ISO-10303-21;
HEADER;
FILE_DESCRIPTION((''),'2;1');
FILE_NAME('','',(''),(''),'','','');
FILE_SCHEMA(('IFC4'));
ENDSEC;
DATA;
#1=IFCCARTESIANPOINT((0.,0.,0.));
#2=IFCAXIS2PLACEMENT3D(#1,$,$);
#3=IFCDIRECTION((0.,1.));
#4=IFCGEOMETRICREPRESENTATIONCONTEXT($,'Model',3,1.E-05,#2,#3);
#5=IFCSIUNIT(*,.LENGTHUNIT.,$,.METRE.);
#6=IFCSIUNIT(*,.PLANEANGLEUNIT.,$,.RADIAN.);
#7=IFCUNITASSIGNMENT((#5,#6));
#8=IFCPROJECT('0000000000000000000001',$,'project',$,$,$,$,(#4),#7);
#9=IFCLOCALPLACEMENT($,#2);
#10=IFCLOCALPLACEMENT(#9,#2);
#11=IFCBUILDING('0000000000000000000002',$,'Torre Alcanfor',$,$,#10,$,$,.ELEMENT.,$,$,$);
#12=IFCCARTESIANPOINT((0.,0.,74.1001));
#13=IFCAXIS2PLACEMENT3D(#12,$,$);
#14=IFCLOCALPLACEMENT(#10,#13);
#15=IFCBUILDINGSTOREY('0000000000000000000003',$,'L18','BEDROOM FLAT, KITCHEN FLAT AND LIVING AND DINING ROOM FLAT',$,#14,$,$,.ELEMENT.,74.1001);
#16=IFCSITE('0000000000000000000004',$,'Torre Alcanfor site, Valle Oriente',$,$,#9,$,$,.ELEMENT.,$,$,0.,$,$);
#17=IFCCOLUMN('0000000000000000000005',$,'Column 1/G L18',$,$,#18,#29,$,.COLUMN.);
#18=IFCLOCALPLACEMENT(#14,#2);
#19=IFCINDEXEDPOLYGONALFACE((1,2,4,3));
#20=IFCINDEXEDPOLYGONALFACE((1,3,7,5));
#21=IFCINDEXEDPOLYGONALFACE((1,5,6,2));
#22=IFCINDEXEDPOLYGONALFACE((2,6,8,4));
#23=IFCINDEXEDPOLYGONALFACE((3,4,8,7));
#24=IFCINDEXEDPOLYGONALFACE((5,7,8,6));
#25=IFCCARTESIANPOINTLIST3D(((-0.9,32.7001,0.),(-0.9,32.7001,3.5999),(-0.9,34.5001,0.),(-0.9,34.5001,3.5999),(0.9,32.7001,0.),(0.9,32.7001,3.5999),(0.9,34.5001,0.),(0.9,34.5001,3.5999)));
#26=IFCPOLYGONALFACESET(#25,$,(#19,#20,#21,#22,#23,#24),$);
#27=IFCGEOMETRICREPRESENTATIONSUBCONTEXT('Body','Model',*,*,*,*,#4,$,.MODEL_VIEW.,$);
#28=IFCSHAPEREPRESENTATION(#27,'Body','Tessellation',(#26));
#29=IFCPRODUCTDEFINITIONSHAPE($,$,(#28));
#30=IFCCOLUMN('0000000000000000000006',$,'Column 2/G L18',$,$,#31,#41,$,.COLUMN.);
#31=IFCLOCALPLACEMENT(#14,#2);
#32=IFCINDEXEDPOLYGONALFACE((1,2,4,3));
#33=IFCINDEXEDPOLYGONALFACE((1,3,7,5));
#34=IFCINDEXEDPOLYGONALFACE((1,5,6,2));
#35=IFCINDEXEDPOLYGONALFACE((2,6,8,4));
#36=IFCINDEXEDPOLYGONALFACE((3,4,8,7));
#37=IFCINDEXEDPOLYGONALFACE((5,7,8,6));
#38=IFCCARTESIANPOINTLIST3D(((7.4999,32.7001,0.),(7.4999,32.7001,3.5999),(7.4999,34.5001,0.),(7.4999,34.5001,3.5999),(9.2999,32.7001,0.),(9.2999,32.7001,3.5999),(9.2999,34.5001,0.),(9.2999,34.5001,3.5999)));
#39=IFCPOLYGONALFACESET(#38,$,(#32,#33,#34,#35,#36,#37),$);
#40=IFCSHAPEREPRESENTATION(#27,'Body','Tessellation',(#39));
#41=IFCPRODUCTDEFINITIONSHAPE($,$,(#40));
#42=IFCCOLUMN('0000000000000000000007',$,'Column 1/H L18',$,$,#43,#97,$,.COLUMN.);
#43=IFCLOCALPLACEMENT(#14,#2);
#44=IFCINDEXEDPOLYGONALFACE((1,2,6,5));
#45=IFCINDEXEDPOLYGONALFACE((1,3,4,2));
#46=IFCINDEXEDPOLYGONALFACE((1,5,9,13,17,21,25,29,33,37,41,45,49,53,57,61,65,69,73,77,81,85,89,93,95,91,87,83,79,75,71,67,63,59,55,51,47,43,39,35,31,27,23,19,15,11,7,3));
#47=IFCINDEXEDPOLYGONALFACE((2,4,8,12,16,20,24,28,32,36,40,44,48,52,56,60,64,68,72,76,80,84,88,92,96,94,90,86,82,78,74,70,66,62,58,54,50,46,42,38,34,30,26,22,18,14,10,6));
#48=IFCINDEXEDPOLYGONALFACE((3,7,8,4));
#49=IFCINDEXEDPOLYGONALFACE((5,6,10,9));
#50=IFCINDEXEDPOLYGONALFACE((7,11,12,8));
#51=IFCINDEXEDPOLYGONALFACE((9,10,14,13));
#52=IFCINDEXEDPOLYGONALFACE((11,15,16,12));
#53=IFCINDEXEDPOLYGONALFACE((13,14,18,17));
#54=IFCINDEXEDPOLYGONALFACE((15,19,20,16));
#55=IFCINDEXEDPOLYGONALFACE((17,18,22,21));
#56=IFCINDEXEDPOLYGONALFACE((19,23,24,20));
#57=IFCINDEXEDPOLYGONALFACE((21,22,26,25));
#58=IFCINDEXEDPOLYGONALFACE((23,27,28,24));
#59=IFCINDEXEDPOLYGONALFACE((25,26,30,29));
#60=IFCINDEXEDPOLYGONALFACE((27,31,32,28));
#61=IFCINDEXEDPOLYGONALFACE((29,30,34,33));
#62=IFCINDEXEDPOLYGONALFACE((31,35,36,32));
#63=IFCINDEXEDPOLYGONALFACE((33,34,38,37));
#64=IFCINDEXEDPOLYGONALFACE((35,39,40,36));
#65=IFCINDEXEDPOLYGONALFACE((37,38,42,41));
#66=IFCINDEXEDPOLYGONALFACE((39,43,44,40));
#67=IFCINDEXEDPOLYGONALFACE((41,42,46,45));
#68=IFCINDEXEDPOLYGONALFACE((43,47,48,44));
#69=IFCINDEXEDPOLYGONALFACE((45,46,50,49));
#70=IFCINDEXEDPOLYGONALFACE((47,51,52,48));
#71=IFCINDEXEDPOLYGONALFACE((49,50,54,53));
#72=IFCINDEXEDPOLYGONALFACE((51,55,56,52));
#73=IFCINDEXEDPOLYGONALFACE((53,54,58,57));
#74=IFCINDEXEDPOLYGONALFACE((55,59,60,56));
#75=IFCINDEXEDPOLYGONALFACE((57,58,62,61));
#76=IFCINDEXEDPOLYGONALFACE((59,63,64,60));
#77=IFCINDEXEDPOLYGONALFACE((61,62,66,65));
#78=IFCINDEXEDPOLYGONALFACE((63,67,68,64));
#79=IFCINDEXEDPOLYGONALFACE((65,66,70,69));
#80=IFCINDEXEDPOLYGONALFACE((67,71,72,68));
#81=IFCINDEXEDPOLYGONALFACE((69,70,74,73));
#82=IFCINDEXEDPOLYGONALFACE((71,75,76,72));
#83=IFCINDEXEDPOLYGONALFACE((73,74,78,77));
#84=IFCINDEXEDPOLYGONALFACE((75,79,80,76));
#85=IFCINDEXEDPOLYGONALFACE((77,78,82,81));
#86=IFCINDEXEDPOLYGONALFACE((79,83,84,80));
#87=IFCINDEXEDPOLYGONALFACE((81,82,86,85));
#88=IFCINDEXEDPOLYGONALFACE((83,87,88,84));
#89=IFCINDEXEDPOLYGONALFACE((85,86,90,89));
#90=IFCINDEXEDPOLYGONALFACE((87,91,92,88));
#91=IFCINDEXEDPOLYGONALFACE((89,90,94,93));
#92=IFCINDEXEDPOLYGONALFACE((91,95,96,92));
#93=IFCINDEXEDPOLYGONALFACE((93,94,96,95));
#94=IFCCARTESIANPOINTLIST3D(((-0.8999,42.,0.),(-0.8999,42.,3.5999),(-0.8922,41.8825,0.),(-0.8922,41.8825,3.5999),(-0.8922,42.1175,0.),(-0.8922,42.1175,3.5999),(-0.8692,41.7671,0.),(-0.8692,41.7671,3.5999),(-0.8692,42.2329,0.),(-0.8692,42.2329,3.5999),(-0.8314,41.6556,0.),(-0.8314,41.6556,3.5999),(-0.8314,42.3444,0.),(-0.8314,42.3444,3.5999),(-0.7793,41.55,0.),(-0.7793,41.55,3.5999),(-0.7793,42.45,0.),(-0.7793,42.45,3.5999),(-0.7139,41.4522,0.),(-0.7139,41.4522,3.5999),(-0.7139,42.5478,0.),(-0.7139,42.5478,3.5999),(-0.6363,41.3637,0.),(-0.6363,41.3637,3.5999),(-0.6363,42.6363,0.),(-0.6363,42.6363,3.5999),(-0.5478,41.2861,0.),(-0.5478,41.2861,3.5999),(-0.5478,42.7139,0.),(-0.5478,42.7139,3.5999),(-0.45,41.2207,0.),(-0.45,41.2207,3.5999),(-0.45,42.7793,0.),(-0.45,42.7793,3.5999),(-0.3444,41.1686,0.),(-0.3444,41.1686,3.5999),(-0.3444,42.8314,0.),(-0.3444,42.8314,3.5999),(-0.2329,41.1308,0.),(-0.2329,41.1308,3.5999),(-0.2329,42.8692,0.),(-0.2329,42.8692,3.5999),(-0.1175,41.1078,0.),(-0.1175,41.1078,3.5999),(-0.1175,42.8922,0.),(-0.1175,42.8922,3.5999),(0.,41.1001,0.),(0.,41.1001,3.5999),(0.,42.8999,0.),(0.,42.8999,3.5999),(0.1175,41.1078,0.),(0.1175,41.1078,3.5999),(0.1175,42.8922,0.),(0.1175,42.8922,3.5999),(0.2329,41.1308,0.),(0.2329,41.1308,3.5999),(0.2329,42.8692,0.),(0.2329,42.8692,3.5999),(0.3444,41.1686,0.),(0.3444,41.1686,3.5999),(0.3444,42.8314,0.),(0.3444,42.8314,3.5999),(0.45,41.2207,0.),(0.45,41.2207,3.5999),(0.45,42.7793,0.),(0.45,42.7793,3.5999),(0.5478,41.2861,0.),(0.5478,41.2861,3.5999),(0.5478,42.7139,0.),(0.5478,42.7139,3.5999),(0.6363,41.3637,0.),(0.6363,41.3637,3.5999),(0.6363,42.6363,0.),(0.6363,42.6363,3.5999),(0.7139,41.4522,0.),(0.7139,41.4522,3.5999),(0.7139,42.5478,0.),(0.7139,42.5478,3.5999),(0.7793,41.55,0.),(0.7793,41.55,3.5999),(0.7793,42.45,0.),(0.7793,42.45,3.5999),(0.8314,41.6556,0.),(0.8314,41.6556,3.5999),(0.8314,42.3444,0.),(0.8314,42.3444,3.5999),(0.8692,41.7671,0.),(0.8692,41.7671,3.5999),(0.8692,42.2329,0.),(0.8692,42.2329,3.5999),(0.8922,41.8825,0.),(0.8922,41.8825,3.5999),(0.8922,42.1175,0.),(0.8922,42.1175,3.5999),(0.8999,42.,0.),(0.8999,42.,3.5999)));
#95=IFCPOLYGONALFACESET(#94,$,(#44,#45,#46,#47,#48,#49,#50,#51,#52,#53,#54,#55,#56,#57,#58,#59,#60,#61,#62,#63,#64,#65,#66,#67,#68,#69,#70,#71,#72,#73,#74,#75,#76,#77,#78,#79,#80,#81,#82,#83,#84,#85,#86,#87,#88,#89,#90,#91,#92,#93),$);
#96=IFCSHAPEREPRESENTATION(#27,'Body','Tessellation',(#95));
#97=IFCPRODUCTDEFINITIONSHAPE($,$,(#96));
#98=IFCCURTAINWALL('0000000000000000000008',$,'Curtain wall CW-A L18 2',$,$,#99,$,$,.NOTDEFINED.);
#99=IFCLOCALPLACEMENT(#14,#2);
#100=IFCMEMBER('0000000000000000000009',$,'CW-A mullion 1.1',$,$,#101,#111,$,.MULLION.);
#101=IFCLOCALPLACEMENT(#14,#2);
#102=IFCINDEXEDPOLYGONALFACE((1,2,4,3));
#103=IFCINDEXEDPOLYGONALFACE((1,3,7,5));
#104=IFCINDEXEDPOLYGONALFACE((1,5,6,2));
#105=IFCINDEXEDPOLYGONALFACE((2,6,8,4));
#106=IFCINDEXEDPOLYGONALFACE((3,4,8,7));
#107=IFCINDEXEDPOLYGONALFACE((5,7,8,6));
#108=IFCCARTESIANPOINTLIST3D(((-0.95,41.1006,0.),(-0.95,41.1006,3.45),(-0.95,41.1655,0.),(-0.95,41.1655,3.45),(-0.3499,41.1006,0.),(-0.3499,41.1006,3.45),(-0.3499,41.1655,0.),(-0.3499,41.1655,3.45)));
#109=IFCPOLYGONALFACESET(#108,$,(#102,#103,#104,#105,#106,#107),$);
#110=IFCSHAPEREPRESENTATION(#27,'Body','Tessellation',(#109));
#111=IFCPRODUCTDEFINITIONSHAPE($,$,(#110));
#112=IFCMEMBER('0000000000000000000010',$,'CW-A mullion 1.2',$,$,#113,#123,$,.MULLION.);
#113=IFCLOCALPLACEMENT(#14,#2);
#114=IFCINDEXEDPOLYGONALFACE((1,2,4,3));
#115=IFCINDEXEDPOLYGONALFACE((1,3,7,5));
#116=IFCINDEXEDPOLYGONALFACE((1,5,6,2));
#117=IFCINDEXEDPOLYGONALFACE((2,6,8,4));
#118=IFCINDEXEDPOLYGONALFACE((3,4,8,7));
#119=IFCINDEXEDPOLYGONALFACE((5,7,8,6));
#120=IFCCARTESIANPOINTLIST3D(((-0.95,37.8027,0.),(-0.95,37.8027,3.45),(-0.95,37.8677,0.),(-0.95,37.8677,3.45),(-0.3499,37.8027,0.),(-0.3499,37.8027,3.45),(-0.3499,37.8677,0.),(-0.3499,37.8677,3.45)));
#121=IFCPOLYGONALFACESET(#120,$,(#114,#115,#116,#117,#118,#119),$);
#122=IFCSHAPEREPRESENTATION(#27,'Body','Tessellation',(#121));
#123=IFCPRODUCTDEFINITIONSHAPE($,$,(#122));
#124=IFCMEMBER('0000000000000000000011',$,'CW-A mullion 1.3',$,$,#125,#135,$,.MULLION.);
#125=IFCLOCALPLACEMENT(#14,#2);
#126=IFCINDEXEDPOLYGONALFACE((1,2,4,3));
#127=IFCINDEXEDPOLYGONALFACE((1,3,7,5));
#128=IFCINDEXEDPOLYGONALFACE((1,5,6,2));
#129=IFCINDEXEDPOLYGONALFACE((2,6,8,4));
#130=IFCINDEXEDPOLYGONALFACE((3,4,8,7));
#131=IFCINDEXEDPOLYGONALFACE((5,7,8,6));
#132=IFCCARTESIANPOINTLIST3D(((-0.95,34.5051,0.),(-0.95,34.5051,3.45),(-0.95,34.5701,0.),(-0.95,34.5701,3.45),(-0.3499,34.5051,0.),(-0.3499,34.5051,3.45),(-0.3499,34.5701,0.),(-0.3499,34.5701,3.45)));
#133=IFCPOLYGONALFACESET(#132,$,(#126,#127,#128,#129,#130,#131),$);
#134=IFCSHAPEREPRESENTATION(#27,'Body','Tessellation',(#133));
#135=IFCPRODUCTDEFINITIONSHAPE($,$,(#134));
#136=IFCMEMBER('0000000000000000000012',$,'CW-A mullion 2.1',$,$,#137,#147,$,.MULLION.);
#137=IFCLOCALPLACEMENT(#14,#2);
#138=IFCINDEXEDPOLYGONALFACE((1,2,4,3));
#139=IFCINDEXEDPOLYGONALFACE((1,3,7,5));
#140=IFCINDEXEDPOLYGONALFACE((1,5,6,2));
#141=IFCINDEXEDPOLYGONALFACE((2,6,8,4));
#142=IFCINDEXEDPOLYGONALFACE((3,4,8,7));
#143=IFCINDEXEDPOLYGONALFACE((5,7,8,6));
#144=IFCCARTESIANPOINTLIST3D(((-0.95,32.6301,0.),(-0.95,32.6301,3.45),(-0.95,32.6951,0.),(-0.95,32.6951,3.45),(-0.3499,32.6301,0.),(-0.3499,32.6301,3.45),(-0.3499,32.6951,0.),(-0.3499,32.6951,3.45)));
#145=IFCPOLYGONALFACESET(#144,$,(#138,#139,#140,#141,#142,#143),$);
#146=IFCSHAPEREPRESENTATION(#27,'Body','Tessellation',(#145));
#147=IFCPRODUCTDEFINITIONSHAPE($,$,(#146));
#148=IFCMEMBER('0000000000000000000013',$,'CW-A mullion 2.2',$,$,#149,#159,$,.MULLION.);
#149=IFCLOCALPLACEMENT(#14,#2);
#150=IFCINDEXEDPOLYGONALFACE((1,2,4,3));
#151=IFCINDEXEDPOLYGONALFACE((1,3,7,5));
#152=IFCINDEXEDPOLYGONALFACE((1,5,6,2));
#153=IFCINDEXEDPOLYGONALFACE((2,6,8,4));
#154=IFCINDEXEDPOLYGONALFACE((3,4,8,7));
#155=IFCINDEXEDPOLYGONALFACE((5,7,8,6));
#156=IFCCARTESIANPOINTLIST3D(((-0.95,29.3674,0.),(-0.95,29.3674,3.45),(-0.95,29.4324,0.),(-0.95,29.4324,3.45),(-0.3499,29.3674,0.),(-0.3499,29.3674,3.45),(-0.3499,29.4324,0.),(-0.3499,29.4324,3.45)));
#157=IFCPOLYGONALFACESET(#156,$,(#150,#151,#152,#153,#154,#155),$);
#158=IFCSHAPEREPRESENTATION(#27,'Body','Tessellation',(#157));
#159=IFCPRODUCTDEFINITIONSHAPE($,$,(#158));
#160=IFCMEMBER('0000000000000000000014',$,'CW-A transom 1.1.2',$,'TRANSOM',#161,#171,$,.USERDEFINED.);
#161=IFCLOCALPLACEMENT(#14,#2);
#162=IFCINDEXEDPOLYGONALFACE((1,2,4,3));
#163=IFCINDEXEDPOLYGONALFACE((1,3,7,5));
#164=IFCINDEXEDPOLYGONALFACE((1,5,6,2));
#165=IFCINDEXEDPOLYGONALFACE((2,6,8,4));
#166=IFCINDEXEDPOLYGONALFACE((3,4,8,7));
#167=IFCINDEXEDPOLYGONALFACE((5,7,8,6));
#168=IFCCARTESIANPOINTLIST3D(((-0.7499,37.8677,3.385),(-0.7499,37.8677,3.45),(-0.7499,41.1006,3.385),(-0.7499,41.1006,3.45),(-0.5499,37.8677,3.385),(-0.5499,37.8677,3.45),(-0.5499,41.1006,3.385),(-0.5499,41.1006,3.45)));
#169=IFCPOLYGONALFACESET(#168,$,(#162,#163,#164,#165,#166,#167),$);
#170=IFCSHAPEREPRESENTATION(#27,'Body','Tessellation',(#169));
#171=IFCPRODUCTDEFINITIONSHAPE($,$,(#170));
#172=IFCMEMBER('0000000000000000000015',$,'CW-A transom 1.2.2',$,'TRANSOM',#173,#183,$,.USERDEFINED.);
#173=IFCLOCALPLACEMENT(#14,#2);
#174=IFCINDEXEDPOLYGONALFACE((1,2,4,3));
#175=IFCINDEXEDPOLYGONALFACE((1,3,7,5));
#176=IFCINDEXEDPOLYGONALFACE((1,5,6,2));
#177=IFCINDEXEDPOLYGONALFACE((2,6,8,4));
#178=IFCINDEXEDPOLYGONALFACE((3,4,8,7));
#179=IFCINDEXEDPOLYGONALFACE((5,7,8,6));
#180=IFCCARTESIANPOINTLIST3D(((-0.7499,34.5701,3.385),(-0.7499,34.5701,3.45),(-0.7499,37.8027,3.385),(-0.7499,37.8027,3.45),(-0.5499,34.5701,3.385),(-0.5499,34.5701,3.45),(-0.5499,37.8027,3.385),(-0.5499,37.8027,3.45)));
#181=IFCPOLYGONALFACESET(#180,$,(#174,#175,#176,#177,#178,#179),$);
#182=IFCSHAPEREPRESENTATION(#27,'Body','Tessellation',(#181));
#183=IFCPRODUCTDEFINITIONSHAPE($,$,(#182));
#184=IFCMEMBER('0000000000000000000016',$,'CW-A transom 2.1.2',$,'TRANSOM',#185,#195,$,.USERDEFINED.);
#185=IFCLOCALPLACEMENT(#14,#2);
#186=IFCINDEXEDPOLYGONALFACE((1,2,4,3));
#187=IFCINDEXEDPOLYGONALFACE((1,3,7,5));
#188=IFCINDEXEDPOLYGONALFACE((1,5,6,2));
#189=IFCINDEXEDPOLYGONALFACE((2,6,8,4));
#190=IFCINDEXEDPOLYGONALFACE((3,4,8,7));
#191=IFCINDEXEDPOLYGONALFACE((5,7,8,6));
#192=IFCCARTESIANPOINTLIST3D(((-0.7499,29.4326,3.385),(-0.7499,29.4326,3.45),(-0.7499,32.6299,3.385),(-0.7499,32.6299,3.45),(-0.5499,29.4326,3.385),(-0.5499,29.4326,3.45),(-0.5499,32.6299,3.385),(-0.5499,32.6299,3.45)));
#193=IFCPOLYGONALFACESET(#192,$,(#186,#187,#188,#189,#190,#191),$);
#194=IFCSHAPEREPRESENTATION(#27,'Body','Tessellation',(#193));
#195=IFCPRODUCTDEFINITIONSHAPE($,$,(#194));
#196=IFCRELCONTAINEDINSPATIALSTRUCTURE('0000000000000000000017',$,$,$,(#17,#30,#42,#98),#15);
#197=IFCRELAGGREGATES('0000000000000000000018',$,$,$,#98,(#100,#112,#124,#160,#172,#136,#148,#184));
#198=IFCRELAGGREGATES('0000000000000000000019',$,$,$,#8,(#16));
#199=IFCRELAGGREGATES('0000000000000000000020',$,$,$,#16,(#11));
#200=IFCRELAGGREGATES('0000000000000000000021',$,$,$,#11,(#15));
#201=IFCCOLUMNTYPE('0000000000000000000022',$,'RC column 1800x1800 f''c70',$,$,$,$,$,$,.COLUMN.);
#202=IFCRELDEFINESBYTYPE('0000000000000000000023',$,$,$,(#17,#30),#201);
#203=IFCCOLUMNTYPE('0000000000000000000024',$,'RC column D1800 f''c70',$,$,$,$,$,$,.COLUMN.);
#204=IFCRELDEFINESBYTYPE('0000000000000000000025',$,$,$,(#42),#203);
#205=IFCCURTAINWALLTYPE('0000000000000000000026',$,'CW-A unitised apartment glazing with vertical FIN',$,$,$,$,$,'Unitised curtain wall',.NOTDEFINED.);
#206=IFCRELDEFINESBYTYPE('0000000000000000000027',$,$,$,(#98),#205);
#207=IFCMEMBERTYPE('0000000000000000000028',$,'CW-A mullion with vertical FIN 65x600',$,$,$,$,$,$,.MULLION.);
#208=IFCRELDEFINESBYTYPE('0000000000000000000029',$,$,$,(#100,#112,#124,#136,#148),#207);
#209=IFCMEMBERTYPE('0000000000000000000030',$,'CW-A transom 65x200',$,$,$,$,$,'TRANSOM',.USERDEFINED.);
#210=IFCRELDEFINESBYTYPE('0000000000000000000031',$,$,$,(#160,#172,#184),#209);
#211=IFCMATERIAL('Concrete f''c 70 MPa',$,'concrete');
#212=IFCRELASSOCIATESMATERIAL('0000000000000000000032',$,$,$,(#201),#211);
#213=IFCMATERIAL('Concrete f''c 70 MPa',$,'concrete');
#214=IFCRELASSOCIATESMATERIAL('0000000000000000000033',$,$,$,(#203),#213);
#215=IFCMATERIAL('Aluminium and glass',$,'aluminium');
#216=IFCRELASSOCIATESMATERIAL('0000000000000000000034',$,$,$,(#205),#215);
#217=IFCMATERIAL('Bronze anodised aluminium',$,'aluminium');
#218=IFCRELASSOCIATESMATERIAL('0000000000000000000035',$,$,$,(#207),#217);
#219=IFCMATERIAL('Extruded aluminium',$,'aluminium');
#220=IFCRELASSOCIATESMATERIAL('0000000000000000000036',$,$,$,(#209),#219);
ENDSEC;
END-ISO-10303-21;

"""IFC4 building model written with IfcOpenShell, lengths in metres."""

from ifc_helpers import new_model, si_unit, direction, frame, origin, origin_2d, place, context, subcontext, project, spatial, rectangle, circle, extrude, material, material_profile, profile_set, type_object, element, aggregate, save


model = new_model("IFC4")

# Units and contexts
model_context = context("Model", 3, precision=1e-05, world=origin(), true_north=direction((0.0, 1.0)))
body_context = subcontext(model_context, "Body", "Model", "MODEL_VIEW")
ifc_project = project(units=[si_unit("LENGTHUNIT", "METRE"), si_unit("PLANEANGLEUNIT", "RADIAN")], contexts=[model_context])

# Site, building, storey
site_placement = place(None, origin())
site = spatial("IfcSite", under=ifc_project, at=site_placement, Name="Torre Alcanfor site, Valle Oriente", CompositionType="ELEMENT", RefElevation=0.0)
building_placement = place(site_placement, origin())
building = spatial("IfcBuilding", under=site, at=building_placement, Name="Torre Alcanfor", CompositionType="ELEMENT")
storey_placement = place(building_placement, frame((0.0, 0.0, 74.1001)))
storey = spatial("IfcBuildingStorey", under=building, at=storey_placement, Name="L18", Description="BEDROOM FLAT, KITCHEN FLAT AND LIVING AND DINING ROOM FLAT", CompositionType="ELEMENT", Elevation=74.1001)

# Columns
ifc_material_1 = material(Name="Concrete f'c 70 MPa", Category="concrete")
ifc_material_profile_1 = material_profile(ifc_material_1, rectangle(XDim=1.8, YDim=1.8, at=origin_2d()), Name="1800x1800")
ifc_profile_set_1 = profile_set([ifc_material_profile_1], Name="Concrete f'c 70 MPa")
column_type_1 = type_object("IfcColumnType", Name="RC column 1800x1800 f'c70", PredefinedType="COLUMN", material=ifc_profile_set_1)
for number, where, z_axis, x_axis, name in (
    (1, (0.0, 33.6001, 0.0), (0.0, 0.0, 1.0), (1.0, 0.0, 0.0), "Column 1/G L18"),
    (2, (8.3999, 33.6001, 0.0), (0.0, 0.0, 1.0), (1.0, 0.0, 0.0), "Column 2/G L18"),
):
    element("IfcColumn", number, at=place(storey_placement, frame(where, z_axis=z_axis, x_axis=x_axis)), inside=storey, type_object=column_type_1, Name=name, PredefinedType="COLUMN", context=body_context, shape_type="SweptSolid", body=[
        extrude(rectangle(XDim=1.8, YDim=1.8, at=origin_2d()), origin(), (0.0, 0.0, 1.0), 3.5999),
    ])
ifc_material_2 = material(Name="Concrete f'c 70 MPa", Category="concrete")
ifc_material_profile_2 = material_profile(ifc_material_2, circle(Radius=0.8999, at=origin_2d()), Name="D1800")
ifc_profile_set_2 = profile_set([ifc_material_profile_2], Name="Concrete f'c 70 MPa")
column_type_2 = type_object("IfcColumnType", Name="RC column D1800 f'c70", PredefinedType="COLUMN", material=ifc_profile_set_2)
column_placement = place(storey_placement, frame((0.0, 42.0, 0.0), z_axis=(0.0, 0.0, 1.0), x_axis=(1.0, 0.0, 0.0)))
element("IfcColumn", 3, at=column_placement, inside=storey, type_object=column_type_2, Name="Column 1/H L18", PredefinedType="COLUMN", context=body_context, shape_type="SweptSolid", body=[
    extrude(circle(Radius=0.8999, at=origin_2d()), origin(), (0.0, 0.0, 1.0), 3.5999),
])

# Curtain wall, members
ifc_material_3 = material(Name="Aluminium and glass", Category="aluminium")
curtain_wall_type = type_object("IfcCurtainWallType", Name="CW-A unitised apartment glazing with vertical FIN", ElementType="Unitised curtain wall", PredefinedType="NOTDEFINED", material=ifc_material_3)
curtain_wall_placement = place(storey_placement, origin())
curtain_wall = element("IfcCurtainWall", 4, at=curtain_wall_placement, inside=storey, type_object=curtain_wall_type, Name="Curtain wall CW-A L18 2", PredefinedType="NOTDEFINED")
ifc_material_4 = material(Name="Bronze anodised aluminium", Category="aluminium")
ifc_material_profile_3 = material_profile(ifc_material_4, rectangle(XDim=0.6001, YDim=0.0649, at=origin_2d()), Name="CW-A mullion 65x600")
ifc_profile_set_3 = profile_set([ifc_material_profile_3], Name="Bronze anodised aluminium")
member_type_1 = type_object("IfcMemberType", Name="CW-A mullion with vertical FIN 65x600", PredefinedType="MULLION", material=ifc_profile_set_3)
member_1_placement = place(storey_placement, frame((-0.6499, 41.1331, 0.0), z_axis=(0.0, 0.0, 1.0), x_axis=(1.0, 0.0, 0.0)))
member_1 = element("IfcMember", 5, at=member_1_placement, type_object=member_type_1, Name="CW-A mullion 1.1", PredefinedType="MULLION", context=body_context, shape_type="SweptSolid", body=[
    extrude(rectangle(XDim=0.6001, YDim=0.0649, at=origin_2d()), origin(), (0.0, 0.0, 1.0), 3.45),
])
member_2_placement = place(storey_placement, frame((-0.6499, 37.8352, 0.0), z_axis=(0.0, 0.0, 1.0), x_axis=(1.0, 0.0, 0.0)))
member_2 = element("IfcMember", 6, at=member_2_placement, type_object=member_type_1, Name="CW-A mullion 1.2", PredefinedType="MULLION", context=body_context, shape_type="SweptSolid", body=[
    extrude(rectangle(XDim=0.6001, YDim=0.0649, at=origin_2d()), origin(), (0.0, 0.0, 1.0), 3.45),
])
member_3_placement = place(storey_placement, frame((-0.6499, 34.5376, 0.0), z_axis=(0.0, 0.0, 1.0), x_axis=(1.0, 0.0, 0.0)))
member_3 = element("IfcMember", 7, at=member_3_placement, type_object=member_type_1, Name="CW-A mullion 1.3", PredefinedType="MULLION", context=body_context, shape_type="SweptSolid", body=[
    extrude(rectangle(XDim=0.6001, YDim=0.0649, at=origin_2d()), origin(), (0.0, 0.0, 1.0), 3.45),
])
member_4_placement = place(storey_placement, frame((-0.6499, 32.6626, 0.0), z_axis=(0.0, 0.0, 1.0), x_axis=(1.0, 0.0, 0.0)))
member_4 = element("IfcMember", 8, at=member_4_placement, type_object=member_type_1, Name="CW-A mullion 2.1", PredefinedType="MULLION", context=body_context, shape_type="SweptSolid", body=[
    extrude(rectangle(XDim=0.6001, YDim=0.0649, at=origin_2d()), origin(), (0.0, 0.0, 1.0), 3.45),
])
member_5_placement = place(storey_placement, frame((-0.6499, 29.3999, 0.0), z_axis=(0.0, 0.0, 1.0), x_axis=(1.0, 0.0, 0.0)))
member_5 = element("IfcMember", 9, at=member_5_placement, type_object=member_type_1, Name="CW-A mullion 2.2", PredefinedType="MULLION", context=body_context, shape_type="SweptSolid", body=[
    extrude(rectangle(XDim=0.6001, YDim=0.0649, at=origin_2d()), origin(), (0.0, 0.0, 1.0), 3.45),
])
ifc_material_5 = material(Name="Extruded aluminium", Category="aluminium")
ifc_material_profile_4 = material_profile(ifc_material_5, rectangle(XDim=0.2, YDim=0.0649, at=origin_2d()), Name="CW-A transom 200x65")
ifc_profile_set_4 = profile_set([ifc_material_profile_4], Name="Extruded aluminium")
member_type_2 = type_object("IfcMemberType", Name="CW-A transom 65x200", ElementType="TRANSOM", PredefinedType="USERDEFINED", material=ifc_profile_set_4)
member_6_placement = place(storey_placement, frame((-0.6499, 41.1006, 3.4175), z_axis=(0.0, -1.0, 0.0), x_axis=(1.0, 0.0, 0.0)))
member_6 = element("IfcMember", 10, at=member_6_placement, type_object=member_type_2, Name="CW-A transom 1.1.2", ObjectType="TRANSOM", PredefinedType="USERDEFINED", context=body_context, shape_type="SweptSolid", body=[
    extrude(rectangle(XDim=0.2, YDim=0.0649, at=origin_2d()), origin(), (0.0, 0.0, 1.0), 3.2329),
])
member_7_placement = place(storey_placement, frame((-0.6499, 37.8027, 3.4175), z_axis=(0.0, -1.0, 0.0), x_axis=(1.0, 0.0, 0.0)))
member_7 = element("IfcMember", 11, at=member_7_placement, type_object=member_type_2, Name="CW-A transom 1.2.2", ObjectType="TRANSOM", PredefinedType="USERDEFINED", context=body_context, shape_type="SweptSolid", body=[
    extrude(rectangle(XDim=0.2, YDim=0.0649, at=origin_2d()), origin(), (0.0, 0.0, 1.0), 3.2327),
])
member_8_placement = place(storey_placement, frame((-0.6499, 32.6299, 3.4175), z_axis=(0.0, -1.0, 0.0), x_axis=(1.0, 0.0, 0.0)))
member_8 = element("IfcMember", 12, at=member_8_placement, type_object=member_type_2, Name="CW-A transom 2.1.2", ObjectType="TRANSOM", PredefinedType="USERDEFINED", context=body_context, shape_type="SweptSolid", body=[
    extrude(rectangle(XDim=0.2, YDim=0.0649, at=origin_2d()), origin(), (0.0, 0.0, 1.0), 3.1973),
])

aggregate(curtain_wall, [member_1, member_2, member_3, member_6, member_7, member_4, member_5, member_8])

save(model, "model.ifc")
